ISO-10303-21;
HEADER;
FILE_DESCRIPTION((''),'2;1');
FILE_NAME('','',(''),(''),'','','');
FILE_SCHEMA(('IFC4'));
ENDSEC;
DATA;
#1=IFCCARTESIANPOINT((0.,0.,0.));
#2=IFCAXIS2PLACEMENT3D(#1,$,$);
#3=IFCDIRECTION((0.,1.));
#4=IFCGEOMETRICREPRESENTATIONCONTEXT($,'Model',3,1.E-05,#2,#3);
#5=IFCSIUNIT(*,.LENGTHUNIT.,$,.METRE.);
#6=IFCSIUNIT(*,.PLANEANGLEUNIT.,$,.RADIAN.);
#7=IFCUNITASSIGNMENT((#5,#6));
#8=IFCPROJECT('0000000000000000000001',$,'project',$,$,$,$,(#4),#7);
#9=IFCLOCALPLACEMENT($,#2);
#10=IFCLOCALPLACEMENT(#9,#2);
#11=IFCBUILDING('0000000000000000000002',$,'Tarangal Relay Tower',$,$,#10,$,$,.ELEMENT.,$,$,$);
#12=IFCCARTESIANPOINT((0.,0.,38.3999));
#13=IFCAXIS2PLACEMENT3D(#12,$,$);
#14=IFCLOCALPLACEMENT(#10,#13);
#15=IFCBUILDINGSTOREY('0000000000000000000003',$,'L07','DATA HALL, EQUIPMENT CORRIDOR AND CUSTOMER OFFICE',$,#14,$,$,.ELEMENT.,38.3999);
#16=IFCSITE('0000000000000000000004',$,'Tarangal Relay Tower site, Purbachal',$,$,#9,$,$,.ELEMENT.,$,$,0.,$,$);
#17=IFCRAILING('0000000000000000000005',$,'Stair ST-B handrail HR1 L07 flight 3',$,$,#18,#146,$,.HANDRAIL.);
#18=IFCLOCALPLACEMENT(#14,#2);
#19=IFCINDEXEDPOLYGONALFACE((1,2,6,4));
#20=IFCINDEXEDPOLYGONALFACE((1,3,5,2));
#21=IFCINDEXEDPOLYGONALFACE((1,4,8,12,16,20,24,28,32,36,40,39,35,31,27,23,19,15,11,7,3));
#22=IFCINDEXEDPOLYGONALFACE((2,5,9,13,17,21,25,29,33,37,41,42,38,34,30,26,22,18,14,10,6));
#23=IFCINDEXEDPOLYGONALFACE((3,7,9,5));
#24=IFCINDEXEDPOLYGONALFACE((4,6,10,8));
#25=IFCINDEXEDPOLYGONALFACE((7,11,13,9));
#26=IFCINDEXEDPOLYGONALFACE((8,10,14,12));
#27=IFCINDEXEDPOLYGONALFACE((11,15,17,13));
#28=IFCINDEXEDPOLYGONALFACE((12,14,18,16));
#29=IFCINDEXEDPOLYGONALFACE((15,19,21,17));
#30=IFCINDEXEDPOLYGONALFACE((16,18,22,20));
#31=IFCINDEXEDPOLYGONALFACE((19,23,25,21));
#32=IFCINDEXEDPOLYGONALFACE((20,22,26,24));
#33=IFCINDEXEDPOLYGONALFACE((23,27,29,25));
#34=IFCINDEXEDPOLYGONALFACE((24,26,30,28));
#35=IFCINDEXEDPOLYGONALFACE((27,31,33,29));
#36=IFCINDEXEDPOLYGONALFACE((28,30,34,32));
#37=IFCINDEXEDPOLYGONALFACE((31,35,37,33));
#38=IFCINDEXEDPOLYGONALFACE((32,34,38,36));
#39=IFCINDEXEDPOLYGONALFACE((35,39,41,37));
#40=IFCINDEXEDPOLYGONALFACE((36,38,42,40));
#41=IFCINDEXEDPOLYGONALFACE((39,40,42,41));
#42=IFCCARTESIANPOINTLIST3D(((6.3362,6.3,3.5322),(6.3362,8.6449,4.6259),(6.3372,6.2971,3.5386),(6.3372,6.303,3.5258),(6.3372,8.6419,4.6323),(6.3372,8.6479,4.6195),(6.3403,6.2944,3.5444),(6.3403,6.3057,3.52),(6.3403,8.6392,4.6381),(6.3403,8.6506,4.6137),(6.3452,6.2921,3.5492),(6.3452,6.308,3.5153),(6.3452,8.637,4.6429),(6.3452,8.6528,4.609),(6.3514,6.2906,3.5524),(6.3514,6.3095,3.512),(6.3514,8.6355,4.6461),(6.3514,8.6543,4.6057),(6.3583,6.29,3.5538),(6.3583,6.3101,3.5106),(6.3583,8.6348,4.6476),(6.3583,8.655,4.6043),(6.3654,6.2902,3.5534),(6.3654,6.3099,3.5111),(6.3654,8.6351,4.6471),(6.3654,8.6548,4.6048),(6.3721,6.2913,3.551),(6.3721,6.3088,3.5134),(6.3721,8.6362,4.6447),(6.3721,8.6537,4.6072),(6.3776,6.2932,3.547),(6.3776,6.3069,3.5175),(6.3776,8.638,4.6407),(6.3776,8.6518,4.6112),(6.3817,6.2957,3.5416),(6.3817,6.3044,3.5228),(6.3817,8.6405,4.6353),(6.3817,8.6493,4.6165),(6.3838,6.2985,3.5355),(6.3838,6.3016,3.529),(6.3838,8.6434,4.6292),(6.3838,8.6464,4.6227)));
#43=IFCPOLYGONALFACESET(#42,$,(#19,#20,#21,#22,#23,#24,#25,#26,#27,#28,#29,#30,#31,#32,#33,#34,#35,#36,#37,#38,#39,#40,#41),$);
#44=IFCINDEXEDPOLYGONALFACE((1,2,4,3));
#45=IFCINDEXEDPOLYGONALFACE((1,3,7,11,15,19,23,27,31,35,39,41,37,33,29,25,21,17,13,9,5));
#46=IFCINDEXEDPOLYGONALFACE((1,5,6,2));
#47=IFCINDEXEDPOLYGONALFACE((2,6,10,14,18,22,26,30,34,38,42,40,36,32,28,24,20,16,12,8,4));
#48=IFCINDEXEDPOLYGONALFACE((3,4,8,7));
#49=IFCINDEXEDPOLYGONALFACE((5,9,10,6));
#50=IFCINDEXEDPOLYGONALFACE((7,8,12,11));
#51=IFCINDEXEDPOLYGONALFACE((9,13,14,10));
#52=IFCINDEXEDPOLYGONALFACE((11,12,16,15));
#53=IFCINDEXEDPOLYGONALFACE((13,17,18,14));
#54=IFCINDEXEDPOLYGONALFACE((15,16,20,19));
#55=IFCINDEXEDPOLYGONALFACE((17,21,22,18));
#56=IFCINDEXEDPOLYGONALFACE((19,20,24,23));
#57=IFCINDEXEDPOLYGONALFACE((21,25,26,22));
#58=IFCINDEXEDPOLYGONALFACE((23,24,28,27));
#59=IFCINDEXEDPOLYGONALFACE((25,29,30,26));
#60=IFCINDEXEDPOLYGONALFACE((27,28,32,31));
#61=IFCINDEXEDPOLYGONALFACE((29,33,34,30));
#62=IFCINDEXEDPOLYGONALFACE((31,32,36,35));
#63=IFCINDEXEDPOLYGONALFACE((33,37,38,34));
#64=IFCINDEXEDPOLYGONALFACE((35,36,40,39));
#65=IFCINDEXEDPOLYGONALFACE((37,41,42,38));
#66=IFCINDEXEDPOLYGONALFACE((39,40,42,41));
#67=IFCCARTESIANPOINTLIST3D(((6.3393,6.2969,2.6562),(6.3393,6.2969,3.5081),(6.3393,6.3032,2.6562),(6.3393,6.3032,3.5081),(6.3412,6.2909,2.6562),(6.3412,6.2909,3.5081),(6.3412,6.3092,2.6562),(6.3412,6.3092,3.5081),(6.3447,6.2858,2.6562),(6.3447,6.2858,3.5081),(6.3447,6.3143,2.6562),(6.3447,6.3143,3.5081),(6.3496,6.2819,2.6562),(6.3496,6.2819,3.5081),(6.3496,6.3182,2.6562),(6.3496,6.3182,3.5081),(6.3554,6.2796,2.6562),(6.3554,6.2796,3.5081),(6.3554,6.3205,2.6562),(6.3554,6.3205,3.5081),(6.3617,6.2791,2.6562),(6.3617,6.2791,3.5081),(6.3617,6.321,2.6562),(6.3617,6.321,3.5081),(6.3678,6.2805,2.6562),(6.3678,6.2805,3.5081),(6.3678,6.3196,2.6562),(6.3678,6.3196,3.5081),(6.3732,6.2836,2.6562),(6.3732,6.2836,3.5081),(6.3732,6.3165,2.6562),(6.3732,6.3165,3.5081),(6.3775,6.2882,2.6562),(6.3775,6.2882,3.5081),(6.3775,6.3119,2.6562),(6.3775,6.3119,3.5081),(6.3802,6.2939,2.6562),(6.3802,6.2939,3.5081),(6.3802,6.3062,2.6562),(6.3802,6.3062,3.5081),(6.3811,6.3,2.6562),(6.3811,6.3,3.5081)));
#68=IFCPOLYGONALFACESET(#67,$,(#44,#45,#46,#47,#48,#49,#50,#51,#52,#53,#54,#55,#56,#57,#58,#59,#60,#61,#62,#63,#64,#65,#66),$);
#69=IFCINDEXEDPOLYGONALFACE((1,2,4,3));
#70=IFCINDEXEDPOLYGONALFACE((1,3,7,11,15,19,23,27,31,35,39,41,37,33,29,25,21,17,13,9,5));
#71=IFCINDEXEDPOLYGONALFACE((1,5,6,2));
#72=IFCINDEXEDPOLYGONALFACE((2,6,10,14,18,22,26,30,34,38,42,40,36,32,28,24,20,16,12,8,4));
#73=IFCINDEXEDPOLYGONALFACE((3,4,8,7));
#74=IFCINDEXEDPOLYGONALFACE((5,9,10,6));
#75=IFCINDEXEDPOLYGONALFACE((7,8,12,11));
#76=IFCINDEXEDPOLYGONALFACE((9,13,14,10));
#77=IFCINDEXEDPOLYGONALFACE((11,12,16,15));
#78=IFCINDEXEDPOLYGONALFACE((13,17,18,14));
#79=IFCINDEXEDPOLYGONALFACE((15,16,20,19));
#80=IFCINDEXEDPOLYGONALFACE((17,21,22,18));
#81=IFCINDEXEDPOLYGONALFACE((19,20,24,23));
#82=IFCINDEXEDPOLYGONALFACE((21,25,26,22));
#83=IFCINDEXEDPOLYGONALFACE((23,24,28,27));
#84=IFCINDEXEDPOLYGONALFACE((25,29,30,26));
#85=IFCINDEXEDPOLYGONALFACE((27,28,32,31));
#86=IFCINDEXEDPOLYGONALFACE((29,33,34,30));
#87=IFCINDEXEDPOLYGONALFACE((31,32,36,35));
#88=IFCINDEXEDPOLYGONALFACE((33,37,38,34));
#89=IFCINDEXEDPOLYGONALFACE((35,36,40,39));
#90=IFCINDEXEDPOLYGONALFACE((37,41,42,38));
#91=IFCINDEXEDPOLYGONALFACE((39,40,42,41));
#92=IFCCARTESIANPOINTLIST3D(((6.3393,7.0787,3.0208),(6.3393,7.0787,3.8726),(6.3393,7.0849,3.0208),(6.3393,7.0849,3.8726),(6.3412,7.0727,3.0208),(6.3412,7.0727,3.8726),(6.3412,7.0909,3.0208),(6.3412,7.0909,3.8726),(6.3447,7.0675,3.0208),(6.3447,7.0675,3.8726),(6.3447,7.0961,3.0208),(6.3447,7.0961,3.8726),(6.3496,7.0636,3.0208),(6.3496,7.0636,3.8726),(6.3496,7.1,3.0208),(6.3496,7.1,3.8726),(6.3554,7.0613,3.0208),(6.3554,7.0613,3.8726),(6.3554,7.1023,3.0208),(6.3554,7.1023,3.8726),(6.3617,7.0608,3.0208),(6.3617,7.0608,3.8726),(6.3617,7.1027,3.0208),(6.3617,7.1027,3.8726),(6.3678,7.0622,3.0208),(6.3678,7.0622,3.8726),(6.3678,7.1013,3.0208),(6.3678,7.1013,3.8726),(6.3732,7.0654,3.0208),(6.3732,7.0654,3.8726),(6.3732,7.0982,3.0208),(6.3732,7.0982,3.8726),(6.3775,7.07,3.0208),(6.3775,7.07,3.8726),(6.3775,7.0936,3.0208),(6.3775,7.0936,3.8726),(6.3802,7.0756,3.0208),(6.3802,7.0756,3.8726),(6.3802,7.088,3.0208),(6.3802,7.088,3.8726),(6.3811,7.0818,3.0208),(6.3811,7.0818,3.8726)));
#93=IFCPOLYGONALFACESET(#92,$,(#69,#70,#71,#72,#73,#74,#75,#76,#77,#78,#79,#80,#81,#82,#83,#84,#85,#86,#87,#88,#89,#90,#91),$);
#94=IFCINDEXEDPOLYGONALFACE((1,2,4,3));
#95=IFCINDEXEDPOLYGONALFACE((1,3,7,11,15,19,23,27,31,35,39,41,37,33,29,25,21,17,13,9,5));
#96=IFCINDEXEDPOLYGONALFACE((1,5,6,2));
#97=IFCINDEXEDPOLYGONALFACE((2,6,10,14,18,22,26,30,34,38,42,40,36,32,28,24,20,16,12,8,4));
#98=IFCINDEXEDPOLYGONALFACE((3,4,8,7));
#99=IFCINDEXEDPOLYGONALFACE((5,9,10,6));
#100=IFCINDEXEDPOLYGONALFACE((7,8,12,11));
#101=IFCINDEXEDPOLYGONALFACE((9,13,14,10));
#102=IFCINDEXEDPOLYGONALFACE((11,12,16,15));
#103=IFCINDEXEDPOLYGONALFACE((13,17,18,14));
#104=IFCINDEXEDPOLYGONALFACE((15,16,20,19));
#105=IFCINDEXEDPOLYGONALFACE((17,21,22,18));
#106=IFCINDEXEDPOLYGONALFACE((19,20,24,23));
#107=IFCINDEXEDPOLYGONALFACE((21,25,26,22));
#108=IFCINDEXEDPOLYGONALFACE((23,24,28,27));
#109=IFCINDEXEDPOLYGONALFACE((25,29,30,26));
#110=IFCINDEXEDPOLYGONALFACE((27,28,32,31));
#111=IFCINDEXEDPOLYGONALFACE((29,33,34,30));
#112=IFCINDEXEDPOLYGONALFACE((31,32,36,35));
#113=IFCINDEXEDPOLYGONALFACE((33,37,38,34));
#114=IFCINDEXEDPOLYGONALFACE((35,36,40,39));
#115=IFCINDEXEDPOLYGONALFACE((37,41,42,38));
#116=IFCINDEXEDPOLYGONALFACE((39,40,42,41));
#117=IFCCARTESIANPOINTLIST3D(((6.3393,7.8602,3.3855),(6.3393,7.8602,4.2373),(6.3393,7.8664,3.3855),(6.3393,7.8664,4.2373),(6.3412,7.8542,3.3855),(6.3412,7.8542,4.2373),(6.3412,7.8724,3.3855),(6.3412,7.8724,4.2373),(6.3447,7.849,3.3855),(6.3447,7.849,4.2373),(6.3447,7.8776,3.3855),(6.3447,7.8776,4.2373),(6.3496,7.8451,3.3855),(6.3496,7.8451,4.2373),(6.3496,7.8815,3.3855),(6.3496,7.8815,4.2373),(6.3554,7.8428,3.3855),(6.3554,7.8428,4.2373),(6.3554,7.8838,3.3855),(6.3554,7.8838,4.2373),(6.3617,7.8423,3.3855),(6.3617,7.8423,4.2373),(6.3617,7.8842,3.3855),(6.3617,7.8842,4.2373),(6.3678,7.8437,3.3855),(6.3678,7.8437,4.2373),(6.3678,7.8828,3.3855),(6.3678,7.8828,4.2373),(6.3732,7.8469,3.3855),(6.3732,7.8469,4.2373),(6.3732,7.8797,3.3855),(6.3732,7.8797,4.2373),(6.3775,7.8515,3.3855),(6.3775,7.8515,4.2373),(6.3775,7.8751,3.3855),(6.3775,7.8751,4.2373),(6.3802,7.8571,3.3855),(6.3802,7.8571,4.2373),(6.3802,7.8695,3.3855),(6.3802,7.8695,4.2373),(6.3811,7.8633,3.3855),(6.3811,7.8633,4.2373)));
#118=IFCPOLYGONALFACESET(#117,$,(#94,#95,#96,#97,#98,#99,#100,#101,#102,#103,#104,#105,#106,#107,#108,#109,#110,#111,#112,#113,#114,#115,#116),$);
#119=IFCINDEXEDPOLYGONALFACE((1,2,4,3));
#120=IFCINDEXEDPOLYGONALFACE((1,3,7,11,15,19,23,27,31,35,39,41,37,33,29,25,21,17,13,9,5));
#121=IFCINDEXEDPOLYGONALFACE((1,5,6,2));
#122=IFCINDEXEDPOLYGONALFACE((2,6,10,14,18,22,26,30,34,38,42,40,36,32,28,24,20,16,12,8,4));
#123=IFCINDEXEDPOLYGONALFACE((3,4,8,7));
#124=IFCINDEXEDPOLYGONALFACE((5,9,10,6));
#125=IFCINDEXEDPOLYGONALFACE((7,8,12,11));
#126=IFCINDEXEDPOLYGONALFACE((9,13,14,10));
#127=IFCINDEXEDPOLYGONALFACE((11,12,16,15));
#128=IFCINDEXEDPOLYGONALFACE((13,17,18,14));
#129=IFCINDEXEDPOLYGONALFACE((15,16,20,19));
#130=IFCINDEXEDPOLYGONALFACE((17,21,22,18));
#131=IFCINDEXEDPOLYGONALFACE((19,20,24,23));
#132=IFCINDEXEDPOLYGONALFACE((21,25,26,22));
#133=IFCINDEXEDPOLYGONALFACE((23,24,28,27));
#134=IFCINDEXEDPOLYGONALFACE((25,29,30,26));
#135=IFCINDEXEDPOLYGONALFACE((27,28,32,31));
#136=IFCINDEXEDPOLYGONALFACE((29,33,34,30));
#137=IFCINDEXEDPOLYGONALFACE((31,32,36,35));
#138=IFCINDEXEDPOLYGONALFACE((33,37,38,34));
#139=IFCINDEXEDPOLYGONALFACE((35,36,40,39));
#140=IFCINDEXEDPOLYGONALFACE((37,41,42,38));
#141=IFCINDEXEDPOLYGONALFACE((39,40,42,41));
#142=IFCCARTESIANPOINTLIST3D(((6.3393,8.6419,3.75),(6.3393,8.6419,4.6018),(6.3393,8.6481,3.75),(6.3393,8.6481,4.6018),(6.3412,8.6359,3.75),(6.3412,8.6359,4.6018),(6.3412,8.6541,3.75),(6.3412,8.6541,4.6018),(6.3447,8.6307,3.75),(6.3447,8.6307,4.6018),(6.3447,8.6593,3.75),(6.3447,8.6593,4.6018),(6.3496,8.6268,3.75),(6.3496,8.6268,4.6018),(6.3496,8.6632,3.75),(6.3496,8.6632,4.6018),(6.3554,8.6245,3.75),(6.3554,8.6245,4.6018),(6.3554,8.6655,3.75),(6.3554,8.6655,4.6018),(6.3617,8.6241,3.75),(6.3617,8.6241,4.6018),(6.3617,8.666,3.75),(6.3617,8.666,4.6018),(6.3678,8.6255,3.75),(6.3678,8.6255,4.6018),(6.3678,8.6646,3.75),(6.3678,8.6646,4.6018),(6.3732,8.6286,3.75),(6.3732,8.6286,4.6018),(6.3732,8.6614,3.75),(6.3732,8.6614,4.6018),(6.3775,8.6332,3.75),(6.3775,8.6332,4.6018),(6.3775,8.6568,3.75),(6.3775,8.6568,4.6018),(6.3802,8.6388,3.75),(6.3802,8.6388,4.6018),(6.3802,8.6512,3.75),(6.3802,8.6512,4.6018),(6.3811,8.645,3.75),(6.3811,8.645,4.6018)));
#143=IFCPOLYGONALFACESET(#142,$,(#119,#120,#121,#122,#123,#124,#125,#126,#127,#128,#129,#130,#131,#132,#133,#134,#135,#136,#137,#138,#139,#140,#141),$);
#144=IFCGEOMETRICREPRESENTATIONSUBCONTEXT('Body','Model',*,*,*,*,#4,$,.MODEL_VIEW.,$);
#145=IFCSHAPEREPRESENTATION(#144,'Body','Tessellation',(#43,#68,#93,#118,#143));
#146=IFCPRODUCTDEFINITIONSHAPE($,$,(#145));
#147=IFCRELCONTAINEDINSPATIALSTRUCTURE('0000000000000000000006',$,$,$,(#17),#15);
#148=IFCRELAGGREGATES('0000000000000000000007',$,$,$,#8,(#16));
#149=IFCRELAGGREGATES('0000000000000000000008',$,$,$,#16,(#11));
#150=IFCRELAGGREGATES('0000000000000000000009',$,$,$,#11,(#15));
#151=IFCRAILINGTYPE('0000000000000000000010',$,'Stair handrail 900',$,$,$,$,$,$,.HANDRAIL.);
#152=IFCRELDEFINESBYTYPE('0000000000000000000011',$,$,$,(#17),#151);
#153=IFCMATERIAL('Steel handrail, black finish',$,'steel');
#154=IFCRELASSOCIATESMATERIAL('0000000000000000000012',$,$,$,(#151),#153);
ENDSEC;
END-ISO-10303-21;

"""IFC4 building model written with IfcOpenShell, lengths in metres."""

from ifc_helpers import new_model, si_unit, direction, frame, origin, origin_2d, place, context, subcontext, project, spatial, circle, extrude, material, type_object, element, save


model = new_model("IFC4")

# Units and contexts
model_context = context("Model", 3, precision=1e-05, world=origin(), true_north=direction((0.0, 1.0)))
body_context = subcontext(model_context, "Body", "Model", "MODEL_VIEW")
ifc_project = project(units=[si_unit("LENGTHUNIT", "METRE"), si_unit("PLANEANGLEUNIT", "RADIAN")], contexts=[model_context])

# Site, building, storey
site_placement = place(None, origin())
site = spatial("IfcSite", under=ifc_project, at=site_placement, Name="Tarangal Relay Tower site, Purbachal", CompositionType="ELEMENT", RefElevation=0.0)
building_placement = place(site_placement, origin())
building = spatial("IfcBuilding", under=site, at=building_placement, Name="Tarangal Relay Tower", CompositionType="ELEMENT")
storey_placement = place(building_placement, frame((0.0, 0.0, 38.3999)))
storey = spatial("IfcBuildingStorey", under=building, at=storey_placement, Name="L07", Description="DATA HALL, EQUIPMENT CORRIDOR AND CUSTOMER OFFICE", CompositionType="ELEMENT", Elevation=38.3999)

# Railing
ifc_material_1 = material(Name="Steel handrail, black finish", Category="steel")
railing_type_1 = type_object("IfcRailingType", Name="Stair handrail 900", PredefinedType="HANDRAIL", material=ifc_material_1)
for number, where, name in (
    (1, (6.3601, 6.3, 2.6562), "Stair ST-B handrail HR1 L07 flight 3"),
):
    element("IfcRailing", number, at=place(storey_placement, frame(where)), inside=storey, type_object=railing_type_1, Name=name, PredefinedType="HANDRAIL", context=body_context, shape_type="SweptSolid", body=[
        extrude(circle(Radius=0.0239, at=origin_2d()), frame((0.0, 0.0, 0.876), z_axis=(0.0, 0.906267, 0.422705), x_axis=(-1.0, 0.0, 0.0)), (0.0, 0.0, 1.0), 2.5874),
        extrude(circle(Radius=0.021, at=origin_2d()), origin(), (0.0, 0.0, 1.0), 0.8518),
        extrude(circle(Radius=0.021, at=origin_2d()), frame((0.0, 0.7817, 0.3645)), (0.0, 0.0, 1.0), 0.8518),
        extrude(circle(Radius=0.021, at=origin_2d()), frame((0.0, 1.5632, 0.7292)), (0.0, 0.0, 1.0), 0.8518),
        extrude(circle(Radius=0.021, at=origin_2d()), frame((0.0, 2.345, 1.0938)), (0.0, 0.0, 1.0), 0.8518),
    ])

save(model, "model.ifc")
